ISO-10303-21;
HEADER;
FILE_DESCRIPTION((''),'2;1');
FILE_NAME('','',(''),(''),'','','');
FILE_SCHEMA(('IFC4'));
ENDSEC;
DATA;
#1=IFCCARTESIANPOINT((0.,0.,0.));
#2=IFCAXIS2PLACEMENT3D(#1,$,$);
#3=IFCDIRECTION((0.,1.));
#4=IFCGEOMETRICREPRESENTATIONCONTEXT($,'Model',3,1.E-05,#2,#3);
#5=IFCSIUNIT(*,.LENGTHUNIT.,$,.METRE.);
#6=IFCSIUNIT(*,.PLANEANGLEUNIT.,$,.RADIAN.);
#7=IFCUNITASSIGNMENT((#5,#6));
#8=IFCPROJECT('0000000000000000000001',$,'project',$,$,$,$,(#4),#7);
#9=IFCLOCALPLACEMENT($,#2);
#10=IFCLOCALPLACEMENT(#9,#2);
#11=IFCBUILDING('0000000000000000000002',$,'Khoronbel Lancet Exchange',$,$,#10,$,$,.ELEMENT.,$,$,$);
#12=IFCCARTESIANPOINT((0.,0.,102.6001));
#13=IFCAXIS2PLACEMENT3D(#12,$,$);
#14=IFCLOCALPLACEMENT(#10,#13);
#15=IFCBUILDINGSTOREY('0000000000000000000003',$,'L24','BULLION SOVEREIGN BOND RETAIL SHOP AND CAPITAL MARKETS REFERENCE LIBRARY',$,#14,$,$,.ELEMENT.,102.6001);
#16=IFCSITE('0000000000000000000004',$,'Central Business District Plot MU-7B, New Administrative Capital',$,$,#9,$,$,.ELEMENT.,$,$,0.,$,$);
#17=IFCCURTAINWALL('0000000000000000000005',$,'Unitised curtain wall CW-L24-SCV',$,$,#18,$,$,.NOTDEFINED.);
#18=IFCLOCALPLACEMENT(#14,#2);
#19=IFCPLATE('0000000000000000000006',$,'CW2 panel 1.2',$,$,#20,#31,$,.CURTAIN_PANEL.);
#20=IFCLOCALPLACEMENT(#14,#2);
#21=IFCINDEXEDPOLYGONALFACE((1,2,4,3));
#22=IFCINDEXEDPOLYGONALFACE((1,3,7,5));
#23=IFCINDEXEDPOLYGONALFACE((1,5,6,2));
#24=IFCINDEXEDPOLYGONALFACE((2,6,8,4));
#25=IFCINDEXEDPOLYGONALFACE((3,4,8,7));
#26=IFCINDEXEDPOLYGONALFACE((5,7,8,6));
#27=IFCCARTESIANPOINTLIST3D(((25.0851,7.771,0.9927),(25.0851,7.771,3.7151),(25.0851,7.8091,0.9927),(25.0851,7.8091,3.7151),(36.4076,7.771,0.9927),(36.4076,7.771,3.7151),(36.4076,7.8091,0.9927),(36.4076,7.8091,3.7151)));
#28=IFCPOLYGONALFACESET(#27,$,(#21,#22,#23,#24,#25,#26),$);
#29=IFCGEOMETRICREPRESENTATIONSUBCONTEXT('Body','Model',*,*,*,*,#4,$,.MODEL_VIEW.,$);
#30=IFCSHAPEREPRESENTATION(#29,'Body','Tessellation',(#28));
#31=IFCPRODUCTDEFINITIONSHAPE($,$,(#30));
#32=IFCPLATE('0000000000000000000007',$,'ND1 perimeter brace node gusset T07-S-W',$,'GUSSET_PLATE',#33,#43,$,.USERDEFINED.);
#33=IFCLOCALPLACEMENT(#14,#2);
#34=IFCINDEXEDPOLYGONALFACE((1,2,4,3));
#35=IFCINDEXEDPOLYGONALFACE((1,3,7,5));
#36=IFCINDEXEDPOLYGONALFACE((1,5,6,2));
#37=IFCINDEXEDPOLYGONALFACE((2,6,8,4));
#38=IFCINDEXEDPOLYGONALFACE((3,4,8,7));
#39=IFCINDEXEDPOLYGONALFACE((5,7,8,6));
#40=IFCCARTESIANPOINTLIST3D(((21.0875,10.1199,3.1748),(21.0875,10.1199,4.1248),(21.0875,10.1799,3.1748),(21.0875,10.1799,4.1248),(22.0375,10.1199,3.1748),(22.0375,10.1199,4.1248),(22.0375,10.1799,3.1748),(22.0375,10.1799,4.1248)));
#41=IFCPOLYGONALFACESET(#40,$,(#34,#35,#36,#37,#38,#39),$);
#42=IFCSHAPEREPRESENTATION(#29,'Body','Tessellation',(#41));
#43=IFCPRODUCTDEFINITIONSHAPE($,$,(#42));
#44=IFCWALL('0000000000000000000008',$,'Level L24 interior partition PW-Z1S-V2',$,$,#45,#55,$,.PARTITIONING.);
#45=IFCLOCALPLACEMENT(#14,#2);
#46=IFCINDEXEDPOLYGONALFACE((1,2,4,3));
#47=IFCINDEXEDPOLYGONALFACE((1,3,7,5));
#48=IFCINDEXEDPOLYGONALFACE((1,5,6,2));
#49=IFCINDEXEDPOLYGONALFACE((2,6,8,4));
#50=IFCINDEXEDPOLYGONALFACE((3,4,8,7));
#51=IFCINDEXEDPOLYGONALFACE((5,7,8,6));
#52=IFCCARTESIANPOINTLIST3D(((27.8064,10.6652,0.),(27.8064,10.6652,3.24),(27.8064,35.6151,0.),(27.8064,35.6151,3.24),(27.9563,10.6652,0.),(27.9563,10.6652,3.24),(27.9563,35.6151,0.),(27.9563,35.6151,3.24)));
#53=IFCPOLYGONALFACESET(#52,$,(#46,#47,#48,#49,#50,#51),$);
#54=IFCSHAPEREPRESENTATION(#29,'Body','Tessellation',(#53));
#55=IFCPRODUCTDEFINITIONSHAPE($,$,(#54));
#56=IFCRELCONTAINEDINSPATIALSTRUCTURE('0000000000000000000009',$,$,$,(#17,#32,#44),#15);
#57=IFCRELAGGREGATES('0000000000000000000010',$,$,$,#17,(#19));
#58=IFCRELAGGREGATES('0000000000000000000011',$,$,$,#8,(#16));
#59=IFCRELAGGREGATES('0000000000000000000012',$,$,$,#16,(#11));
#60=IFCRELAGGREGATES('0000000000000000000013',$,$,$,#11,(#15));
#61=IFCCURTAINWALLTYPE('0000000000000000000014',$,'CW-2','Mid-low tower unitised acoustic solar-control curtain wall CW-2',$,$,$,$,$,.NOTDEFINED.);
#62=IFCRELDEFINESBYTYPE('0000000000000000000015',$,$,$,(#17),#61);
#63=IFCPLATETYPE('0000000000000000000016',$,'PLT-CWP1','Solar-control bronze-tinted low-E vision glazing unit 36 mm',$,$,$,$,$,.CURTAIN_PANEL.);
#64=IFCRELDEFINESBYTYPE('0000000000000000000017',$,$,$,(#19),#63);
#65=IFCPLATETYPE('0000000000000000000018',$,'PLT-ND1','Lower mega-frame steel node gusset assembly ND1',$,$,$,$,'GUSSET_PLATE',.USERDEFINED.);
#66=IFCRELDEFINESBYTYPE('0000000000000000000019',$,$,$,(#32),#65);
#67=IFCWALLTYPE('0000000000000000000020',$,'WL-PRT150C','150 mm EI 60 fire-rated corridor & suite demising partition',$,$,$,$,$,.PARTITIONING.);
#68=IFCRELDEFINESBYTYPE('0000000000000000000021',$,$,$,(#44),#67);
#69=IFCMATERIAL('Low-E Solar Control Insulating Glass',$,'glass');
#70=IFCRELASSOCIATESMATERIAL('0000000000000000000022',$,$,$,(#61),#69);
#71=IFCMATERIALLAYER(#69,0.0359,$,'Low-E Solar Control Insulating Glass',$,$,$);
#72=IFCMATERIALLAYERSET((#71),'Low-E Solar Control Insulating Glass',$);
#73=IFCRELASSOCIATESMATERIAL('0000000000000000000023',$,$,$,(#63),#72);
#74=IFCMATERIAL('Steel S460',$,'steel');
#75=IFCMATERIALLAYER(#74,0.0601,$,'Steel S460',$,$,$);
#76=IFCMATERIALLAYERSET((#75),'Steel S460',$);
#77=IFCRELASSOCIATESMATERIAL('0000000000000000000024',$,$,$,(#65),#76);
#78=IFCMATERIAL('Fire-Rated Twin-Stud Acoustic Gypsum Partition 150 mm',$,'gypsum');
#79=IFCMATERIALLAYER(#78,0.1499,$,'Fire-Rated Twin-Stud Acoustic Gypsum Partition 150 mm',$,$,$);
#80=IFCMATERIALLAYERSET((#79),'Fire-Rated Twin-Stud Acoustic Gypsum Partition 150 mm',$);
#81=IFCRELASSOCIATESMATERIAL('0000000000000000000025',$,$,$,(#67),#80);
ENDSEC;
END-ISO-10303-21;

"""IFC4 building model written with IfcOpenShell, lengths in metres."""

from ifc_helpers import new_model, si_unit, direction, frame, frame_2d, origin, origin_2d, place, context, subcontext, project, spatial, rectangle, extrude, material, layer, layer_set, type_object, element, aggregate, save


model = new_model("IFC4")

# Units and contexts
model_context = context("Model", 3, precision=1e-05, world=origin(), true_north=direction((0.0, 1.0)))
body_context = subcontext(model_context, "Body", "Model", "MODEL_VIEW")
ifc_project = project(units=[si_unit("LENGTHUNIT", "METRE"), si_unit("PLANEANGLEUNIT", "RADIAN")], contexts=[model_context])

# Site, building, storey
site_placement = place(None, origin())
site = spatial("IfcSite", under=ifc_project, at=site_placement, Name="Central Business District Plot MU-7B, New Administrative Capital", CompositionType="ELEMENT", RefElevation=0.0)
building_placement = place(site_placement, origin())
building = spatial("IfcBuilding", under=site, at=building_placement, Name="Khoronbel Lancet Exchange", CompositionType="ELEMENT")
storey_placement = place(building_placement, frame((0.0, 0.0, 102.6001)))
storey = spatial("IfcBuildingStorey", under=building, at=storey_placement, Name="L24", Description="BULLION SOVEREIGN BOND RETAIL SHOP AND CAPITAL MARKETS REFERENCE LIBRARY", CompositionType="ELEMENT", Elevation=102.6001)

# Shared definitions
ifc_material_1 = material(Name="Steel S460", Category="steel")

# Curtain wall
ifc_material_2 = material(Name="Low-E Solar Control Insulating Glass", Category="glass")
curtain_wall_type = type_object("IfcCurtainWallType", Name="CW-2", Description="Mid-low tower unitised acoustic solar-control curtain wall CW-2", PredefinedType="NOTDEFINED", material=ifc_material_2)
curtain_wall_1_placement = place(storey_placement, origin())
curtain_wall_1 = element("IfcCurtainWall", 1, at=curtain_wall_1_placement, inside=storey, type_object=curtain_wall_type, Name="Unitised curtain wall CW-L24-SCV", PredefinedType="NOTDEFINED")

# Plates
ifc_layer_1 = layer(ifc_material_2, 0.0359, Name="Low-E Solar Control Insulating Glass")
ifc_layer_set_1 = layer_set([ifc_layer_1], Name="Low-E Solar Control Insulating Glass")
plate_type_1 = type_object("IfcPlateType", Name="PLT-CWP1", Description="Solar-control bronze-tinted low-E vision glazing unit 36 mm", PredefinedType="CURTAIN_PANEL", material=ifc_layer_set_1)
plate_1_placement = place(storey_placement, frame((30.7463, 7.79, 0.9927), z_axis=(0.0, 0.0, 1.0), x_axis=(1.0, 0.0, 0.0)))
plate_1 = element("IfcPlate", 2, at=plate_1_placement, type_object=plate_type_1, Name="CW2 panel 1.2", PredefinedType="CURTAIN_PANEL", context=body_context, shape_type="SweptSolid", body=[
    extrude(rectangle(XDim=11.3225, YDim=0.0381, at=origin_2d()), origin(), (0.0, 0.0, 1.0), 2.7224),
])
aggregate(curtain_wall_1, [plate_1])
ifc_layer_2 = layer(ifc_material_1, 0.0601, Name="Steel S460")
ifc_layer_set_2 = layer_set([ifc_layer_2], Name="Steel S460")
plate_type_2 = type_object("IfcPlateType", Name="PLT-ND1", Description="Lower mega-frame steel node gusset assembly ND1", ElementType="GUSSET_PLATE", PredefinedType="USERDEFINED", material=ifc_layer_set_2)
plate_2_placement = place(storey_placement, frame((21.5625, 10.1499, 3.1748), z_axis=(0.0, 0.0, 1.0), x_axis=(1.0, 0.0, 0.0)))
element("IfcPlate", 3, at=plate_2_placement, inside=storey, type_object=plate_type_2, Name="ND1 perimeter brace node gusset T07-S-W", ObjectType="GUSSET_PLATE", PredefinedType="USERDEFINED", context=body_context, shape_type="SweptSolid", body=[
    extrude(rectangle(XDim=0.95, YDim=0.0601, at=origin_2d()), origin(), (0.0, 0.0, 1.0), 0.95),
])

# Wall
ifc_material_3 = material(Name="Fire-Rated Twin-Stud Acoustic Gypsum Partition 150 mm", Category="gypsum")
ifc_layer_3 = layer(ifc_material_3, 0.1499, Name="Fire-Rated Twin-Stud Acoustic Gypsum Partition 150 mm")
ifc_layer_set_3 = layer_set([ifc_layer_3], Name="Fire-Rated Twin-Stud Acoustic Gypsum Partition 150 mm")
wall_type = type_object("IfcWallType", Name="WL-PRT150C", Description="150 mm EI 60 fire-rated corridor & suite demising partition", PredefinedType="PARTITIONING", material=ifc_layer_set_3)
wall_placement = place(storey_placement, frame((27.8813, 10.665, 0.0), z_axis=(0.0, 0.0, 1.0), x_axis=(0.0, 1.0, 0.0)))
element("IfcWall", 4, at=wall_placement, inside=storey, type_object=wall_type, Name="Level L24 interior partition PW-Z1S-V2", PredefinedType="PARTITIONING", context=body_context, shape_type="SweptSolid", body=[
    extrude(rectangle(XDim=24.95, YDim=0.1499, at=frame_2d((12.4751, 0.0))), origin(), (0.0, 0.0, 1.0), 3.24),
])

save(model, "model.ifc")
